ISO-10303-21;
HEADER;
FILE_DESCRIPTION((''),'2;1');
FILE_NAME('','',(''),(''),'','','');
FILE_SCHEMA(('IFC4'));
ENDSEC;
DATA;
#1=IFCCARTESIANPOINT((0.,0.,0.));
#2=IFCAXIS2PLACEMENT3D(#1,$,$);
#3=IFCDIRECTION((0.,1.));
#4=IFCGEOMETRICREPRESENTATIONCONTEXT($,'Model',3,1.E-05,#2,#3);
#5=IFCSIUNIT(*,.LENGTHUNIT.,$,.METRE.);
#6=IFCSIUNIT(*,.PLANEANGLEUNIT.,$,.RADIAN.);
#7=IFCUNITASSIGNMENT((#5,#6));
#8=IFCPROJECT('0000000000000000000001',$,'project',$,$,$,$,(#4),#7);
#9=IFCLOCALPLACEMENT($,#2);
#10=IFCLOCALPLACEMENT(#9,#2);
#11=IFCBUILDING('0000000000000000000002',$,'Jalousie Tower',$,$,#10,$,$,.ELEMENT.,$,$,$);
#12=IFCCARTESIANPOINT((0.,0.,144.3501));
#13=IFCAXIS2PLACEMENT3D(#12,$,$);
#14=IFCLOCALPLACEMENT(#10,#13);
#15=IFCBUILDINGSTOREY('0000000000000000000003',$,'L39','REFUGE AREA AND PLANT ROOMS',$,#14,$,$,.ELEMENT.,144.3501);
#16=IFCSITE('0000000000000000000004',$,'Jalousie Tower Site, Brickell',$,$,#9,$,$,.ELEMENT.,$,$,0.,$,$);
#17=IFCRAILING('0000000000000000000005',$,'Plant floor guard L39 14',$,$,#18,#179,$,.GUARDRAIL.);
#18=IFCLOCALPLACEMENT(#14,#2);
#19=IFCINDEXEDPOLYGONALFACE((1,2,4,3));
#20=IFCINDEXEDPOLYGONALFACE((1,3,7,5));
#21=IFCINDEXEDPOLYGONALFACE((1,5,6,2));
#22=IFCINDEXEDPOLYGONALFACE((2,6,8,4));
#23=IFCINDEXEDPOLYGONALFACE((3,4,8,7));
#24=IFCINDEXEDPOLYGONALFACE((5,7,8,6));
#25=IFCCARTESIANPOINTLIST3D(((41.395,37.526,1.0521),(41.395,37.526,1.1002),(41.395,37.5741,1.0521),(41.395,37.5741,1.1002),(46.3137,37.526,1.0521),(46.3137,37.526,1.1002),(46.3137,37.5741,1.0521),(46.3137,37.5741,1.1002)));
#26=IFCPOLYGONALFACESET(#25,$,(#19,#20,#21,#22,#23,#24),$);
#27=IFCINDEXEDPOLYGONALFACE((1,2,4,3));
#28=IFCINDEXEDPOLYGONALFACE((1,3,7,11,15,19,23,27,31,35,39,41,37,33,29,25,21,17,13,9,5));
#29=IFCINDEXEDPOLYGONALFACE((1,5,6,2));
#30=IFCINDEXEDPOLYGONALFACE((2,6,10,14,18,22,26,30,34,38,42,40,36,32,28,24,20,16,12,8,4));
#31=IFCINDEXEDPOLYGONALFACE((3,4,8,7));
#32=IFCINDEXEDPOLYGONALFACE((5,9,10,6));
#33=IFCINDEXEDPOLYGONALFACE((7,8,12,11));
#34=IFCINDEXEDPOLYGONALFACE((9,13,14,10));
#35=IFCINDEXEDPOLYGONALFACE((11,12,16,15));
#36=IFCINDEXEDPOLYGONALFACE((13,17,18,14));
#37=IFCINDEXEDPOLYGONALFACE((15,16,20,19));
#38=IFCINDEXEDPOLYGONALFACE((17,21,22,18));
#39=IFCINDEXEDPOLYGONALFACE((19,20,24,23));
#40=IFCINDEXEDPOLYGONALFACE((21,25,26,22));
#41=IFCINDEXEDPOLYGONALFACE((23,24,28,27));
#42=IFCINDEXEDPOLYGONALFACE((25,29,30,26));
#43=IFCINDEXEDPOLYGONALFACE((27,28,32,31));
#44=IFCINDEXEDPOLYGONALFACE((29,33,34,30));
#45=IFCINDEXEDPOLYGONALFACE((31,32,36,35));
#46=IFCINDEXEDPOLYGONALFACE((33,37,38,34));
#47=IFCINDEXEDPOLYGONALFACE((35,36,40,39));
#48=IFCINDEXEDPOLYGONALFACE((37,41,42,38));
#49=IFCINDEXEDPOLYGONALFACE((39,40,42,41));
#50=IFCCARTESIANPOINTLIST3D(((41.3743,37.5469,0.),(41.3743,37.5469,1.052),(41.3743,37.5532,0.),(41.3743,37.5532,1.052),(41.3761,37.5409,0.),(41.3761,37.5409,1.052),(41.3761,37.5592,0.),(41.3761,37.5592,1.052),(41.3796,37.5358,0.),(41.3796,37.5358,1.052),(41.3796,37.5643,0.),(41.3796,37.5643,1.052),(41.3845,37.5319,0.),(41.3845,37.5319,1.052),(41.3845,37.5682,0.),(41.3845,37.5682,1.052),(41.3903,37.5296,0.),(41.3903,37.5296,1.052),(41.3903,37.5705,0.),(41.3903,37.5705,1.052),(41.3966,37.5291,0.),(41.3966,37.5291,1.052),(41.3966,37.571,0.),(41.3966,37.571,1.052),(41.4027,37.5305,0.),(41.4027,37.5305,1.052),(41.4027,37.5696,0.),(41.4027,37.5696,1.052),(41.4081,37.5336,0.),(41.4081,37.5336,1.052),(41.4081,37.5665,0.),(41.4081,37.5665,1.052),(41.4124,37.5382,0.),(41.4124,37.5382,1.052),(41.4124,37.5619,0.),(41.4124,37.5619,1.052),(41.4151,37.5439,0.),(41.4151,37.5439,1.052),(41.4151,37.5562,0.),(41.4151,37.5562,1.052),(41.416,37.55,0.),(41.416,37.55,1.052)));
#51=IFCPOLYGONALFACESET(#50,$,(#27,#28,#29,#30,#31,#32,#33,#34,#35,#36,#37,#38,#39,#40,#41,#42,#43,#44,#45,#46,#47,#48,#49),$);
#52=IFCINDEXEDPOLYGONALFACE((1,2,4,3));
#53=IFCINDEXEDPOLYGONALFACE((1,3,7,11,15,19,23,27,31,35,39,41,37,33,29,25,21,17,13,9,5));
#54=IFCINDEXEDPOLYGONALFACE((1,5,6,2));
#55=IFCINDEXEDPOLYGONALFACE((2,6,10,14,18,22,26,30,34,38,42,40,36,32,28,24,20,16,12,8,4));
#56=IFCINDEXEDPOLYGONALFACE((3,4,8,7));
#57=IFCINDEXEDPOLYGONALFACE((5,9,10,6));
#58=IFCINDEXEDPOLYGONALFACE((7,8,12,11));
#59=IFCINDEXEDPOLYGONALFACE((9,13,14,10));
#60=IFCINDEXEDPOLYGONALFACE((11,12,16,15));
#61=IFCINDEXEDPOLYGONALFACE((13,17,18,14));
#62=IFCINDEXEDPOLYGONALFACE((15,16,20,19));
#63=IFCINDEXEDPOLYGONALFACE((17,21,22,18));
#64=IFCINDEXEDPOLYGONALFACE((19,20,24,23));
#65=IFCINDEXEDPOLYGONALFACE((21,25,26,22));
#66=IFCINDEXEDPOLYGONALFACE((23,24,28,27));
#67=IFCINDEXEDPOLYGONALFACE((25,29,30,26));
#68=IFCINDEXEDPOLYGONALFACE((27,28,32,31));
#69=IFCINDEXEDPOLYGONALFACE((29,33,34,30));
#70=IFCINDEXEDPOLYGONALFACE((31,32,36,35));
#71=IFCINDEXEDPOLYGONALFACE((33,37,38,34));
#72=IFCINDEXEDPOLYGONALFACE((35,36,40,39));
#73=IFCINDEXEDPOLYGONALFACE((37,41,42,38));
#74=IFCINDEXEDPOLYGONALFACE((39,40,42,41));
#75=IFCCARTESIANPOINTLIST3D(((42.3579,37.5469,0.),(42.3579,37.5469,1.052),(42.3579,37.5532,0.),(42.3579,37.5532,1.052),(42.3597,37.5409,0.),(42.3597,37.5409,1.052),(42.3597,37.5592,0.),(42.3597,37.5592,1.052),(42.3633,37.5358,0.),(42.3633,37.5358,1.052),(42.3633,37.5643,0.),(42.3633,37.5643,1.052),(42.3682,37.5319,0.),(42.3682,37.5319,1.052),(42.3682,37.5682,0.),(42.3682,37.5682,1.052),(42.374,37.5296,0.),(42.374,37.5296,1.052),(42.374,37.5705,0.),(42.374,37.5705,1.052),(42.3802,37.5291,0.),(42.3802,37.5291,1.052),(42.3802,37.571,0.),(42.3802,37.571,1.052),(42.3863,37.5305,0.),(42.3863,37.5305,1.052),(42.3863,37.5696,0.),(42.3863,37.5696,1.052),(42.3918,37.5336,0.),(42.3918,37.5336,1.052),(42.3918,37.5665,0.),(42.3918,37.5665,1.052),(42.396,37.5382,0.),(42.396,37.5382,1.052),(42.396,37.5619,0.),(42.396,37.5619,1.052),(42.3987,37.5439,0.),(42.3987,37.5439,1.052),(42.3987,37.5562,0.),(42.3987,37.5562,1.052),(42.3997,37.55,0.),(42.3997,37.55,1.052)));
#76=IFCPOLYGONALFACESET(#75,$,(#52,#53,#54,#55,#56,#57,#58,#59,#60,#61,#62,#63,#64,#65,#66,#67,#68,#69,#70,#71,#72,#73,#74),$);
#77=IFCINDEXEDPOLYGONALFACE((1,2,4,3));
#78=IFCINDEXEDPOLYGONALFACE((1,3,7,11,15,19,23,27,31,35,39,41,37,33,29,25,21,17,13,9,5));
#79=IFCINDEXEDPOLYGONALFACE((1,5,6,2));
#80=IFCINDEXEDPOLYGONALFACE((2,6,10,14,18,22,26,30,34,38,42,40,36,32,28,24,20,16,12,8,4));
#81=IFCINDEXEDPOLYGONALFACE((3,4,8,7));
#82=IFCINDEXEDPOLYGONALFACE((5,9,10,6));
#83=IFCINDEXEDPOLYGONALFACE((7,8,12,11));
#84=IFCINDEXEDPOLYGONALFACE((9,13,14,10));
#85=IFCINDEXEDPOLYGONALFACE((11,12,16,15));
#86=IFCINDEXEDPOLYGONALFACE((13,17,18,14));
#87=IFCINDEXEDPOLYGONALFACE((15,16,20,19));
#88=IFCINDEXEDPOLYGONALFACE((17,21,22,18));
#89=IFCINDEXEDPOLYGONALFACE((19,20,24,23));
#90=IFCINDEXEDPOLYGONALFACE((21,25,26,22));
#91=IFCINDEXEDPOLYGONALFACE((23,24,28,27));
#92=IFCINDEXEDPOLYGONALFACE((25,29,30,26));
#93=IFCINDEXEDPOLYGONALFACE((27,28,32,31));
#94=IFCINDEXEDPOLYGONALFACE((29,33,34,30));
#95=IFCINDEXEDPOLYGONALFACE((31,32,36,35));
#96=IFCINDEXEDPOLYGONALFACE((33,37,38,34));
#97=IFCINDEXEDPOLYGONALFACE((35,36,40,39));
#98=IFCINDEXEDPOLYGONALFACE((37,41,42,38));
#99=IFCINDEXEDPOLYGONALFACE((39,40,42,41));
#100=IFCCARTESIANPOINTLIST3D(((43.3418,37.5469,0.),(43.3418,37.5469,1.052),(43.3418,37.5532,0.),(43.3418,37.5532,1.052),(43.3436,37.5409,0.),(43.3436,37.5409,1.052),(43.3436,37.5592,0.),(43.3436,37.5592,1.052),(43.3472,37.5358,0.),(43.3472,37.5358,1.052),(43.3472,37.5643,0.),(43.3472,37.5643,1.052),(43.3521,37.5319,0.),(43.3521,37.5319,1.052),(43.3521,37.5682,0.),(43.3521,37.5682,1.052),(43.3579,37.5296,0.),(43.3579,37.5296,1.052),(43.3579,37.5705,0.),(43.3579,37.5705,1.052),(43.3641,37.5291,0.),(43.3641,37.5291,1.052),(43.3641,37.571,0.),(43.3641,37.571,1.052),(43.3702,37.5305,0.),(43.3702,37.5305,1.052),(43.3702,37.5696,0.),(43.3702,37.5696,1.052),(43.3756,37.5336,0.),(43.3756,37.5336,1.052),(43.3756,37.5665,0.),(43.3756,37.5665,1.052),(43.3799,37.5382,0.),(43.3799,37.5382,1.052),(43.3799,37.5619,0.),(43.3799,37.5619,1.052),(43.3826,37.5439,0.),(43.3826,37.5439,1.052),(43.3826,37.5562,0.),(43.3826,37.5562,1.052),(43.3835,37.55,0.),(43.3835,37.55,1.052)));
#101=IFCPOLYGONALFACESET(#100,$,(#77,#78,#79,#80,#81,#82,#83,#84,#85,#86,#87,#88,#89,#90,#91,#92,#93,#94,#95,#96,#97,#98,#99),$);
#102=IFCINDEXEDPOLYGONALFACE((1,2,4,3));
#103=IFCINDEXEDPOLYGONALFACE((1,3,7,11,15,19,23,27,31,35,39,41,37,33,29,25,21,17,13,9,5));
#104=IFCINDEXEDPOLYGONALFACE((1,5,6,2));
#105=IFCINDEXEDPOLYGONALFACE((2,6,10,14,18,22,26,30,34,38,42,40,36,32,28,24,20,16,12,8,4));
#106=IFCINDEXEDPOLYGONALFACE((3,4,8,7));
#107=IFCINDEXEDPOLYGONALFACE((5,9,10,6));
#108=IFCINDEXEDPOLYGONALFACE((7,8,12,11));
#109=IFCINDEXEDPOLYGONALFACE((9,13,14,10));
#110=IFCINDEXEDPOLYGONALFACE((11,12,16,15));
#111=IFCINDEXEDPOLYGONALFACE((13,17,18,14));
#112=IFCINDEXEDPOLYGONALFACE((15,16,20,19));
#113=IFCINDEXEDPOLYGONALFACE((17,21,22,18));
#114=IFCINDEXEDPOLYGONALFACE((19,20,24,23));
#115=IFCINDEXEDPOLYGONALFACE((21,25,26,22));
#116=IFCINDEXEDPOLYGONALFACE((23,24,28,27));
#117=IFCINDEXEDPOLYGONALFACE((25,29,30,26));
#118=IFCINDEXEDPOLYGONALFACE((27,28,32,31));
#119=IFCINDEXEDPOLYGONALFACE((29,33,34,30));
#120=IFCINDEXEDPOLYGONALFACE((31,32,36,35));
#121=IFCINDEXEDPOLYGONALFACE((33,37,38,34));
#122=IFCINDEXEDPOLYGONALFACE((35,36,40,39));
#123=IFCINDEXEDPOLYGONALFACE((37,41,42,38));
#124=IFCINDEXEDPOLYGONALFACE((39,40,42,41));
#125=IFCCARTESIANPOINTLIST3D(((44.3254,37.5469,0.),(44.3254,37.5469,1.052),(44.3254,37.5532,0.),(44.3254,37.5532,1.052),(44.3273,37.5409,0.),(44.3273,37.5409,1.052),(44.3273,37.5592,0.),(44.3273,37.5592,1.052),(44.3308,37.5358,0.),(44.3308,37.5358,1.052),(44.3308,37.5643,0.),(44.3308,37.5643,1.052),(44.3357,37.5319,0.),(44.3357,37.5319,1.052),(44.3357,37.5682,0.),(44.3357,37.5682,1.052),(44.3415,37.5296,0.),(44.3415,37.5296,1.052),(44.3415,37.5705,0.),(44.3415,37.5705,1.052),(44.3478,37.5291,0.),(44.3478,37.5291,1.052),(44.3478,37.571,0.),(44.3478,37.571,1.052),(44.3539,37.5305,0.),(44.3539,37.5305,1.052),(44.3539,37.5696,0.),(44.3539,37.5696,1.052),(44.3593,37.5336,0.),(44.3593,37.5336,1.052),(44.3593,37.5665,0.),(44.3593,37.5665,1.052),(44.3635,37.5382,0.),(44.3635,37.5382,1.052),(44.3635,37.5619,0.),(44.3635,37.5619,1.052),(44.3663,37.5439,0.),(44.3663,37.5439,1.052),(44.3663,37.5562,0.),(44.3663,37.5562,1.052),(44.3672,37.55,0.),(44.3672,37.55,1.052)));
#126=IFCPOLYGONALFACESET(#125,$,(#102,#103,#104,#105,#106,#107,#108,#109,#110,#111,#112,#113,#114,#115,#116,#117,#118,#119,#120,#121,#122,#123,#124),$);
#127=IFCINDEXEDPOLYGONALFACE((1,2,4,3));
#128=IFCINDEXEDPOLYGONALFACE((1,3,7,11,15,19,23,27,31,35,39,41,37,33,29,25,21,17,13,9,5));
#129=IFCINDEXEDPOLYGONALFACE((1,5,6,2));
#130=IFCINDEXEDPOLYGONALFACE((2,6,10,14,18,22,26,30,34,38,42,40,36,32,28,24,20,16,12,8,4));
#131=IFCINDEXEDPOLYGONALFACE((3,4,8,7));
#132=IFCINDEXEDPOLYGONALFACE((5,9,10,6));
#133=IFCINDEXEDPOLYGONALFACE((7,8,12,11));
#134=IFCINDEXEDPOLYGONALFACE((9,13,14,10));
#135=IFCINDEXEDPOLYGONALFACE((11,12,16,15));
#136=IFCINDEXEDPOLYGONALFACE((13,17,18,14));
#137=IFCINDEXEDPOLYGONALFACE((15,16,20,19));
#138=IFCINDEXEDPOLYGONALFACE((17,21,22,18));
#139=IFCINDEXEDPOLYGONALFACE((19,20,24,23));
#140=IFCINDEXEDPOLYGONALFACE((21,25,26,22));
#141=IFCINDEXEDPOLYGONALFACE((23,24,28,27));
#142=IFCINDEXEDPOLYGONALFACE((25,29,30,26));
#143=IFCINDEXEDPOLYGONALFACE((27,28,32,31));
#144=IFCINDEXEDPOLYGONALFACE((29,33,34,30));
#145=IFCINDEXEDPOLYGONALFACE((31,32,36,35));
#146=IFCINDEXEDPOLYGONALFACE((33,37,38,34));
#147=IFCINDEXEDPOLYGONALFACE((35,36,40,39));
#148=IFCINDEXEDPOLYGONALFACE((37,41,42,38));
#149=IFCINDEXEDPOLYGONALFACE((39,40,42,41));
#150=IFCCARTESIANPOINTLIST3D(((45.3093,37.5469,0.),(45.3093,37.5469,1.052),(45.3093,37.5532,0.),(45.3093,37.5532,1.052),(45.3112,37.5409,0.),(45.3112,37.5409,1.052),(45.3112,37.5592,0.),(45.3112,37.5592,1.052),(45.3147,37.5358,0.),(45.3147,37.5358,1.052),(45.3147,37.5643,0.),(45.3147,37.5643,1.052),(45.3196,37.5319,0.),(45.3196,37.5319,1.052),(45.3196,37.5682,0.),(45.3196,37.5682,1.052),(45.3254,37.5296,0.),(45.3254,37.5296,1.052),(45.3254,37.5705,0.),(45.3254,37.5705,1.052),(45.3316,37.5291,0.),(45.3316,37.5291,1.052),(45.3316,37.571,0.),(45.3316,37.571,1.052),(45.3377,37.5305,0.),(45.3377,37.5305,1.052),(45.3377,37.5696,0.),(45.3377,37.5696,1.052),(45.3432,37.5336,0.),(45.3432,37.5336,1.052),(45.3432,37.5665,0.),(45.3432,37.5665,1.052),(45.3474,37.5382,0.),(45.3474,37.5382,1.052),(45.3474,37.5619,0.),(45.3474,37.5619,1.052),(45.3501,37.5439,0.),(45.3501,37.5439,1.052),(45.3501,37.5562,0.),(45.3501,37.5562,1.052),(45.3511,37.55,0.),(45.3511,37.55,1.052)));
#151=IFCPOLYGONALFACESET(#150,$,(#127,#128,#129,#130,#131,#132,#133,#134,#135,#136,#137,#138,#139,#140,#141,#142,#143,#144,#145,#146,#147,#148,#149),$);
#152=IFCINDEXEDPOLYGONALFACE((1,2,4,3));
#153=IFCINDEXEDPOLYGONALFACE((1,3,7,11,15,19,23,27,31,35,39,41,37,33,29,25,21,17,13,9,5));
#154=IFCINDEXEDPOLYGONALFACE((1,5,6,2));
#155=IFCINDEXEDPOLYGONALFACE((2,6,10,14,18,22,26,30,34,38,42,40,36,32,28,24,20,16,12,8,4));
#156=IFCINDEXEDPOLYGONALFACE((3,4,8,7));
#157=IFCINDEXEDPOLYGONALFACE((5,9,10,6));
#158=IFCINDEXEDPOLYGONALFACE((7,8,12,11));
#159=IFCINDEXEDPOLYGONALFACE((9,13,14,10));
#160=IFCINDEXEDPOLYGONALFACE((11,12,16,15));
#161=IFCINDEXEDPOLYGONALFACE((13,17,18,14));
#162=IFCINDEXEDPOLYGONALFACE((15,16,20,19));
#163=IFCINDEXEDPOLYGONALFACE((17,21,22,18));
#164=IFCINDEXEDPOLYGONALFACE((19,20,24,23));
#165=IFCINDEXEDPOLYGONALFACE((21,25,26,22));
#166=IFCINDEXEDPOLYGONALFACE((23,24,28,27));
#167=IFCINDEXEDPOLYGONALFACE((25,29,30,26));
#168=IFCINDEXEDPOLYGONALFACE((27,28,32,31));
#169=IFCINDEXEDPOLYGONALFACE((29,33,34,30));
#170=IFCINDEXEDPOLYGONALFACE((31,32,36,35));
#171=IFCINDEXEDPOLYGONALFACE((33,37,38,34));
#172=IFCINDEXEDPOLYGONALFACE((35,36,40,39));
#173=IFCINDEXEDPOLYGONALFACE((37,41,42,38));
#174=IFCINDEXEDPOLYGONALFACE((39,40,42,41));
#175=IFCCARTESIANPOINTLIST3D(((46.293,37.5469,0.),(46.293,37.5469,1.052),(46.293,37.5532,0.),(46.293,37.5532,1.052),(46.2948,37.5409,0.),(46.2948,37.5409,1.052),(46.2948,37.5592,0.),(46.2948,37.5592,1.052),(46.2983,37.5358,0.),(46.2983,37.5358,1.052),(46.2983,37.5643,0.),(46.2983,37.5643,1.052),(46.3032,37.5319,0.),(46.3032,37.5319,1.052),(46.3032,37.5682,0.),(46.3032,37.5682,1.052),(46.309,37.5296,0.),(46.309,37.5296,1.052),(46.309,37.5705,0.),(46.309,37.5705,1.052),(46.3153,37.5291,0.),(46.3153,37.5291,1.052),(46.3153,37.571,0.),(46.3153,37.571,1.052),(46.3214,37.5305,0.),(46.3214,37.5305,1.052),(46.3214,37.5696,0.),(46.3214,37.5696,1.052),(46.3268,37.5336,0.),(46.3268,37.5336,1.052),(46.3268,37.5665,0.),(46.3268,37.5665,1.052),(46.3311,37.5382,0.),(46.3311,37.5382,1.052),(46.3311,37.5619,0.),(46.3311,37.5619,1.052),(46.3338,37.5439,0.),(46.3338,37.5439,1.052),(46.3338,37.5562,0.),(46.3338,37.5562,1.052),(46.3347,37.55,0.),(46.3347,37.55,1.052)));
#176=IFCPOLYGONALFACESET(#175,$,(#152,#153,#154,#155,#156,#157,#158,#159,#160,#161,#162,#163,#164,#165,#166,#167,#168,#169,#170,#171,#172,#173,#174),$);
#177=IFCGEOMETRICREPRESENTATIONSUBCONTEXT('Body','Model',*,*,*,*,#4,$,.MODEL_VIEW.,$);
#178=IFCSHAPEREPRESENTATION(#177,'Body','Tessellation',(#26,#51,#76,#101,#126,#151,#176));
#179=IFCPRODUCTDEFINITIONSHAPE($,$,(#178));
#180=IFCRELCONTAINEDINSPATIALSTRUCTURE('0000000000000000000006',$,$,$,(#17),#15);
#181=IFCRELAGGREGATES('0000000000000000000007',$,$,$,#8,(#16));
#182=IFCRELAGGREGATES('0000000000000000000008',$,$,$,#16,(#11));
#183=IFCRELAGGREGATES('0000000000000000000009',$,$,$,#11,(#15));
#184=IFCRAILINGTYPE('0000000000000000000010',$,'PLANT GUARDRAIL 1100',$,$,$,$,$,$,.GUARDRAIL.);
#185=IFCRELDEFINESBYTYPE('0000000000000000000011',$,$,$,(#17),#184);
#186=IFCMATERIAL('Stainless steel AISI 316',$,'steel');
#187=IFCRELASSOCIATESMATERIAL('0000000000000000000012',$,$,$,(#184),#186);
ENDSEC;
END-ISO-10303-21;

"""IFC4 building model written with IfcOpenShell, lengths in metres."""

from ifc_helpers import new_model, si_unit, direction, frame, origin, origin_2d, place, context, subcontext, project, spatial, rectangle, circle, extrude, material, type_object, element, save


model = new_model("IFC4")

# Units and contexts
model_context = context("Model", 3, precision=1e-05, world=origin(), true_north=direction((0.0, 1.0)))
body_context = subcontext(model_context, "Body", "Model", "MODEL_VIEW")
ifc_project = project(units=[si_unit("LENGTHUNIT", "METRE"), si_unit("PLANEANGLEUNIT", "RADIAN")], contexts=[model_context])

# Site, building, storey
site_placement = place(None, origin())
site = spatial("IfcSite", under=ifc_project, at=site_placement, Name="Jalousie Tower Site, Brickell", CompositionType="ELEMENT", RefElevation=0.0)
building_placement = place(site_placement, origin())
building = spatial("IfcBuilding", under=site, at=building_placement, Name="Jalousie Tower", CompositionType="ELEMENT")
storey_placement = place(building_placement, frame((0.0, 0.0, 144.3501)))
storey = spatial("IfcBuildingStorey", under=building, at=storey_placement, Name="L39", Description="REFUGE AREA AND PLANT ROOMS", CompositionType="ELEMENT", Elevation=144.3501)

# Railing
ifc_material_1 = material(Name="Stainless steel AISI 316", Category="steel")
railing_type_1 = type_object("IfcRailingType", Name="PLANT GUARDRAIL 1100", PredefinedType="GUARDRAIL", material=ifc_material_1)
railing_1_placement = place(storey_placement, frame((41.395, 37.55, 0.0)))
element("IfcRailing", 1, at=railing_1_placement, inside=storey, type_object=railing_type_1, Name="Plant floor guard L39 14", PredefinedType="GUARDRAIL", context=body_context, shape_type="SweptSolid", body=[
    extrude(rectangle(XDim=0.0481, YDim=0.0481, at=origin_2d()), frame((0.0, 0.0, 1.0762), z_axis=(1.0, 0.0, 0.0), x_axis=(0.0, 1.0, 0.0)), (0.0, 0.0, 1.0), 4.9187),
    extrude(circle(Radius=0.021, at=origin_2d()), origin(), (0.0, 0.0, 1.0), 1.052),
    extrude(circle(Radius=0.021, at=origin_2d()), frame((0.9836, 0.0, 0.0)), (0.0, 0.0, 1.0), 1.052),
    extrude(circle(Radius=0.021, at=origin_2d()), frame((1.9675, 0.0, 0.0)), (0.0, 0.0, 1.0), 1.052),
    extrude(circle(Radius=0.021, at=origin_2d()), frame((2.9512, 0.0, 0.0)), (0.0, 0.0, 1.0), 1.052),
    extrude(circle(Radius=0.021, at=origin_2d()), frame((3.9351, 0.0, 0.0)), (0.0, 0.0, 1.0), 1.052),
    extrude(circle(Radius=0.021, at=origin_2d()), frame((4.9187, 0.0, 0.0)), (0.0, 0.0, 1.0), 1.052),
])

save(model, "model.ifc")
